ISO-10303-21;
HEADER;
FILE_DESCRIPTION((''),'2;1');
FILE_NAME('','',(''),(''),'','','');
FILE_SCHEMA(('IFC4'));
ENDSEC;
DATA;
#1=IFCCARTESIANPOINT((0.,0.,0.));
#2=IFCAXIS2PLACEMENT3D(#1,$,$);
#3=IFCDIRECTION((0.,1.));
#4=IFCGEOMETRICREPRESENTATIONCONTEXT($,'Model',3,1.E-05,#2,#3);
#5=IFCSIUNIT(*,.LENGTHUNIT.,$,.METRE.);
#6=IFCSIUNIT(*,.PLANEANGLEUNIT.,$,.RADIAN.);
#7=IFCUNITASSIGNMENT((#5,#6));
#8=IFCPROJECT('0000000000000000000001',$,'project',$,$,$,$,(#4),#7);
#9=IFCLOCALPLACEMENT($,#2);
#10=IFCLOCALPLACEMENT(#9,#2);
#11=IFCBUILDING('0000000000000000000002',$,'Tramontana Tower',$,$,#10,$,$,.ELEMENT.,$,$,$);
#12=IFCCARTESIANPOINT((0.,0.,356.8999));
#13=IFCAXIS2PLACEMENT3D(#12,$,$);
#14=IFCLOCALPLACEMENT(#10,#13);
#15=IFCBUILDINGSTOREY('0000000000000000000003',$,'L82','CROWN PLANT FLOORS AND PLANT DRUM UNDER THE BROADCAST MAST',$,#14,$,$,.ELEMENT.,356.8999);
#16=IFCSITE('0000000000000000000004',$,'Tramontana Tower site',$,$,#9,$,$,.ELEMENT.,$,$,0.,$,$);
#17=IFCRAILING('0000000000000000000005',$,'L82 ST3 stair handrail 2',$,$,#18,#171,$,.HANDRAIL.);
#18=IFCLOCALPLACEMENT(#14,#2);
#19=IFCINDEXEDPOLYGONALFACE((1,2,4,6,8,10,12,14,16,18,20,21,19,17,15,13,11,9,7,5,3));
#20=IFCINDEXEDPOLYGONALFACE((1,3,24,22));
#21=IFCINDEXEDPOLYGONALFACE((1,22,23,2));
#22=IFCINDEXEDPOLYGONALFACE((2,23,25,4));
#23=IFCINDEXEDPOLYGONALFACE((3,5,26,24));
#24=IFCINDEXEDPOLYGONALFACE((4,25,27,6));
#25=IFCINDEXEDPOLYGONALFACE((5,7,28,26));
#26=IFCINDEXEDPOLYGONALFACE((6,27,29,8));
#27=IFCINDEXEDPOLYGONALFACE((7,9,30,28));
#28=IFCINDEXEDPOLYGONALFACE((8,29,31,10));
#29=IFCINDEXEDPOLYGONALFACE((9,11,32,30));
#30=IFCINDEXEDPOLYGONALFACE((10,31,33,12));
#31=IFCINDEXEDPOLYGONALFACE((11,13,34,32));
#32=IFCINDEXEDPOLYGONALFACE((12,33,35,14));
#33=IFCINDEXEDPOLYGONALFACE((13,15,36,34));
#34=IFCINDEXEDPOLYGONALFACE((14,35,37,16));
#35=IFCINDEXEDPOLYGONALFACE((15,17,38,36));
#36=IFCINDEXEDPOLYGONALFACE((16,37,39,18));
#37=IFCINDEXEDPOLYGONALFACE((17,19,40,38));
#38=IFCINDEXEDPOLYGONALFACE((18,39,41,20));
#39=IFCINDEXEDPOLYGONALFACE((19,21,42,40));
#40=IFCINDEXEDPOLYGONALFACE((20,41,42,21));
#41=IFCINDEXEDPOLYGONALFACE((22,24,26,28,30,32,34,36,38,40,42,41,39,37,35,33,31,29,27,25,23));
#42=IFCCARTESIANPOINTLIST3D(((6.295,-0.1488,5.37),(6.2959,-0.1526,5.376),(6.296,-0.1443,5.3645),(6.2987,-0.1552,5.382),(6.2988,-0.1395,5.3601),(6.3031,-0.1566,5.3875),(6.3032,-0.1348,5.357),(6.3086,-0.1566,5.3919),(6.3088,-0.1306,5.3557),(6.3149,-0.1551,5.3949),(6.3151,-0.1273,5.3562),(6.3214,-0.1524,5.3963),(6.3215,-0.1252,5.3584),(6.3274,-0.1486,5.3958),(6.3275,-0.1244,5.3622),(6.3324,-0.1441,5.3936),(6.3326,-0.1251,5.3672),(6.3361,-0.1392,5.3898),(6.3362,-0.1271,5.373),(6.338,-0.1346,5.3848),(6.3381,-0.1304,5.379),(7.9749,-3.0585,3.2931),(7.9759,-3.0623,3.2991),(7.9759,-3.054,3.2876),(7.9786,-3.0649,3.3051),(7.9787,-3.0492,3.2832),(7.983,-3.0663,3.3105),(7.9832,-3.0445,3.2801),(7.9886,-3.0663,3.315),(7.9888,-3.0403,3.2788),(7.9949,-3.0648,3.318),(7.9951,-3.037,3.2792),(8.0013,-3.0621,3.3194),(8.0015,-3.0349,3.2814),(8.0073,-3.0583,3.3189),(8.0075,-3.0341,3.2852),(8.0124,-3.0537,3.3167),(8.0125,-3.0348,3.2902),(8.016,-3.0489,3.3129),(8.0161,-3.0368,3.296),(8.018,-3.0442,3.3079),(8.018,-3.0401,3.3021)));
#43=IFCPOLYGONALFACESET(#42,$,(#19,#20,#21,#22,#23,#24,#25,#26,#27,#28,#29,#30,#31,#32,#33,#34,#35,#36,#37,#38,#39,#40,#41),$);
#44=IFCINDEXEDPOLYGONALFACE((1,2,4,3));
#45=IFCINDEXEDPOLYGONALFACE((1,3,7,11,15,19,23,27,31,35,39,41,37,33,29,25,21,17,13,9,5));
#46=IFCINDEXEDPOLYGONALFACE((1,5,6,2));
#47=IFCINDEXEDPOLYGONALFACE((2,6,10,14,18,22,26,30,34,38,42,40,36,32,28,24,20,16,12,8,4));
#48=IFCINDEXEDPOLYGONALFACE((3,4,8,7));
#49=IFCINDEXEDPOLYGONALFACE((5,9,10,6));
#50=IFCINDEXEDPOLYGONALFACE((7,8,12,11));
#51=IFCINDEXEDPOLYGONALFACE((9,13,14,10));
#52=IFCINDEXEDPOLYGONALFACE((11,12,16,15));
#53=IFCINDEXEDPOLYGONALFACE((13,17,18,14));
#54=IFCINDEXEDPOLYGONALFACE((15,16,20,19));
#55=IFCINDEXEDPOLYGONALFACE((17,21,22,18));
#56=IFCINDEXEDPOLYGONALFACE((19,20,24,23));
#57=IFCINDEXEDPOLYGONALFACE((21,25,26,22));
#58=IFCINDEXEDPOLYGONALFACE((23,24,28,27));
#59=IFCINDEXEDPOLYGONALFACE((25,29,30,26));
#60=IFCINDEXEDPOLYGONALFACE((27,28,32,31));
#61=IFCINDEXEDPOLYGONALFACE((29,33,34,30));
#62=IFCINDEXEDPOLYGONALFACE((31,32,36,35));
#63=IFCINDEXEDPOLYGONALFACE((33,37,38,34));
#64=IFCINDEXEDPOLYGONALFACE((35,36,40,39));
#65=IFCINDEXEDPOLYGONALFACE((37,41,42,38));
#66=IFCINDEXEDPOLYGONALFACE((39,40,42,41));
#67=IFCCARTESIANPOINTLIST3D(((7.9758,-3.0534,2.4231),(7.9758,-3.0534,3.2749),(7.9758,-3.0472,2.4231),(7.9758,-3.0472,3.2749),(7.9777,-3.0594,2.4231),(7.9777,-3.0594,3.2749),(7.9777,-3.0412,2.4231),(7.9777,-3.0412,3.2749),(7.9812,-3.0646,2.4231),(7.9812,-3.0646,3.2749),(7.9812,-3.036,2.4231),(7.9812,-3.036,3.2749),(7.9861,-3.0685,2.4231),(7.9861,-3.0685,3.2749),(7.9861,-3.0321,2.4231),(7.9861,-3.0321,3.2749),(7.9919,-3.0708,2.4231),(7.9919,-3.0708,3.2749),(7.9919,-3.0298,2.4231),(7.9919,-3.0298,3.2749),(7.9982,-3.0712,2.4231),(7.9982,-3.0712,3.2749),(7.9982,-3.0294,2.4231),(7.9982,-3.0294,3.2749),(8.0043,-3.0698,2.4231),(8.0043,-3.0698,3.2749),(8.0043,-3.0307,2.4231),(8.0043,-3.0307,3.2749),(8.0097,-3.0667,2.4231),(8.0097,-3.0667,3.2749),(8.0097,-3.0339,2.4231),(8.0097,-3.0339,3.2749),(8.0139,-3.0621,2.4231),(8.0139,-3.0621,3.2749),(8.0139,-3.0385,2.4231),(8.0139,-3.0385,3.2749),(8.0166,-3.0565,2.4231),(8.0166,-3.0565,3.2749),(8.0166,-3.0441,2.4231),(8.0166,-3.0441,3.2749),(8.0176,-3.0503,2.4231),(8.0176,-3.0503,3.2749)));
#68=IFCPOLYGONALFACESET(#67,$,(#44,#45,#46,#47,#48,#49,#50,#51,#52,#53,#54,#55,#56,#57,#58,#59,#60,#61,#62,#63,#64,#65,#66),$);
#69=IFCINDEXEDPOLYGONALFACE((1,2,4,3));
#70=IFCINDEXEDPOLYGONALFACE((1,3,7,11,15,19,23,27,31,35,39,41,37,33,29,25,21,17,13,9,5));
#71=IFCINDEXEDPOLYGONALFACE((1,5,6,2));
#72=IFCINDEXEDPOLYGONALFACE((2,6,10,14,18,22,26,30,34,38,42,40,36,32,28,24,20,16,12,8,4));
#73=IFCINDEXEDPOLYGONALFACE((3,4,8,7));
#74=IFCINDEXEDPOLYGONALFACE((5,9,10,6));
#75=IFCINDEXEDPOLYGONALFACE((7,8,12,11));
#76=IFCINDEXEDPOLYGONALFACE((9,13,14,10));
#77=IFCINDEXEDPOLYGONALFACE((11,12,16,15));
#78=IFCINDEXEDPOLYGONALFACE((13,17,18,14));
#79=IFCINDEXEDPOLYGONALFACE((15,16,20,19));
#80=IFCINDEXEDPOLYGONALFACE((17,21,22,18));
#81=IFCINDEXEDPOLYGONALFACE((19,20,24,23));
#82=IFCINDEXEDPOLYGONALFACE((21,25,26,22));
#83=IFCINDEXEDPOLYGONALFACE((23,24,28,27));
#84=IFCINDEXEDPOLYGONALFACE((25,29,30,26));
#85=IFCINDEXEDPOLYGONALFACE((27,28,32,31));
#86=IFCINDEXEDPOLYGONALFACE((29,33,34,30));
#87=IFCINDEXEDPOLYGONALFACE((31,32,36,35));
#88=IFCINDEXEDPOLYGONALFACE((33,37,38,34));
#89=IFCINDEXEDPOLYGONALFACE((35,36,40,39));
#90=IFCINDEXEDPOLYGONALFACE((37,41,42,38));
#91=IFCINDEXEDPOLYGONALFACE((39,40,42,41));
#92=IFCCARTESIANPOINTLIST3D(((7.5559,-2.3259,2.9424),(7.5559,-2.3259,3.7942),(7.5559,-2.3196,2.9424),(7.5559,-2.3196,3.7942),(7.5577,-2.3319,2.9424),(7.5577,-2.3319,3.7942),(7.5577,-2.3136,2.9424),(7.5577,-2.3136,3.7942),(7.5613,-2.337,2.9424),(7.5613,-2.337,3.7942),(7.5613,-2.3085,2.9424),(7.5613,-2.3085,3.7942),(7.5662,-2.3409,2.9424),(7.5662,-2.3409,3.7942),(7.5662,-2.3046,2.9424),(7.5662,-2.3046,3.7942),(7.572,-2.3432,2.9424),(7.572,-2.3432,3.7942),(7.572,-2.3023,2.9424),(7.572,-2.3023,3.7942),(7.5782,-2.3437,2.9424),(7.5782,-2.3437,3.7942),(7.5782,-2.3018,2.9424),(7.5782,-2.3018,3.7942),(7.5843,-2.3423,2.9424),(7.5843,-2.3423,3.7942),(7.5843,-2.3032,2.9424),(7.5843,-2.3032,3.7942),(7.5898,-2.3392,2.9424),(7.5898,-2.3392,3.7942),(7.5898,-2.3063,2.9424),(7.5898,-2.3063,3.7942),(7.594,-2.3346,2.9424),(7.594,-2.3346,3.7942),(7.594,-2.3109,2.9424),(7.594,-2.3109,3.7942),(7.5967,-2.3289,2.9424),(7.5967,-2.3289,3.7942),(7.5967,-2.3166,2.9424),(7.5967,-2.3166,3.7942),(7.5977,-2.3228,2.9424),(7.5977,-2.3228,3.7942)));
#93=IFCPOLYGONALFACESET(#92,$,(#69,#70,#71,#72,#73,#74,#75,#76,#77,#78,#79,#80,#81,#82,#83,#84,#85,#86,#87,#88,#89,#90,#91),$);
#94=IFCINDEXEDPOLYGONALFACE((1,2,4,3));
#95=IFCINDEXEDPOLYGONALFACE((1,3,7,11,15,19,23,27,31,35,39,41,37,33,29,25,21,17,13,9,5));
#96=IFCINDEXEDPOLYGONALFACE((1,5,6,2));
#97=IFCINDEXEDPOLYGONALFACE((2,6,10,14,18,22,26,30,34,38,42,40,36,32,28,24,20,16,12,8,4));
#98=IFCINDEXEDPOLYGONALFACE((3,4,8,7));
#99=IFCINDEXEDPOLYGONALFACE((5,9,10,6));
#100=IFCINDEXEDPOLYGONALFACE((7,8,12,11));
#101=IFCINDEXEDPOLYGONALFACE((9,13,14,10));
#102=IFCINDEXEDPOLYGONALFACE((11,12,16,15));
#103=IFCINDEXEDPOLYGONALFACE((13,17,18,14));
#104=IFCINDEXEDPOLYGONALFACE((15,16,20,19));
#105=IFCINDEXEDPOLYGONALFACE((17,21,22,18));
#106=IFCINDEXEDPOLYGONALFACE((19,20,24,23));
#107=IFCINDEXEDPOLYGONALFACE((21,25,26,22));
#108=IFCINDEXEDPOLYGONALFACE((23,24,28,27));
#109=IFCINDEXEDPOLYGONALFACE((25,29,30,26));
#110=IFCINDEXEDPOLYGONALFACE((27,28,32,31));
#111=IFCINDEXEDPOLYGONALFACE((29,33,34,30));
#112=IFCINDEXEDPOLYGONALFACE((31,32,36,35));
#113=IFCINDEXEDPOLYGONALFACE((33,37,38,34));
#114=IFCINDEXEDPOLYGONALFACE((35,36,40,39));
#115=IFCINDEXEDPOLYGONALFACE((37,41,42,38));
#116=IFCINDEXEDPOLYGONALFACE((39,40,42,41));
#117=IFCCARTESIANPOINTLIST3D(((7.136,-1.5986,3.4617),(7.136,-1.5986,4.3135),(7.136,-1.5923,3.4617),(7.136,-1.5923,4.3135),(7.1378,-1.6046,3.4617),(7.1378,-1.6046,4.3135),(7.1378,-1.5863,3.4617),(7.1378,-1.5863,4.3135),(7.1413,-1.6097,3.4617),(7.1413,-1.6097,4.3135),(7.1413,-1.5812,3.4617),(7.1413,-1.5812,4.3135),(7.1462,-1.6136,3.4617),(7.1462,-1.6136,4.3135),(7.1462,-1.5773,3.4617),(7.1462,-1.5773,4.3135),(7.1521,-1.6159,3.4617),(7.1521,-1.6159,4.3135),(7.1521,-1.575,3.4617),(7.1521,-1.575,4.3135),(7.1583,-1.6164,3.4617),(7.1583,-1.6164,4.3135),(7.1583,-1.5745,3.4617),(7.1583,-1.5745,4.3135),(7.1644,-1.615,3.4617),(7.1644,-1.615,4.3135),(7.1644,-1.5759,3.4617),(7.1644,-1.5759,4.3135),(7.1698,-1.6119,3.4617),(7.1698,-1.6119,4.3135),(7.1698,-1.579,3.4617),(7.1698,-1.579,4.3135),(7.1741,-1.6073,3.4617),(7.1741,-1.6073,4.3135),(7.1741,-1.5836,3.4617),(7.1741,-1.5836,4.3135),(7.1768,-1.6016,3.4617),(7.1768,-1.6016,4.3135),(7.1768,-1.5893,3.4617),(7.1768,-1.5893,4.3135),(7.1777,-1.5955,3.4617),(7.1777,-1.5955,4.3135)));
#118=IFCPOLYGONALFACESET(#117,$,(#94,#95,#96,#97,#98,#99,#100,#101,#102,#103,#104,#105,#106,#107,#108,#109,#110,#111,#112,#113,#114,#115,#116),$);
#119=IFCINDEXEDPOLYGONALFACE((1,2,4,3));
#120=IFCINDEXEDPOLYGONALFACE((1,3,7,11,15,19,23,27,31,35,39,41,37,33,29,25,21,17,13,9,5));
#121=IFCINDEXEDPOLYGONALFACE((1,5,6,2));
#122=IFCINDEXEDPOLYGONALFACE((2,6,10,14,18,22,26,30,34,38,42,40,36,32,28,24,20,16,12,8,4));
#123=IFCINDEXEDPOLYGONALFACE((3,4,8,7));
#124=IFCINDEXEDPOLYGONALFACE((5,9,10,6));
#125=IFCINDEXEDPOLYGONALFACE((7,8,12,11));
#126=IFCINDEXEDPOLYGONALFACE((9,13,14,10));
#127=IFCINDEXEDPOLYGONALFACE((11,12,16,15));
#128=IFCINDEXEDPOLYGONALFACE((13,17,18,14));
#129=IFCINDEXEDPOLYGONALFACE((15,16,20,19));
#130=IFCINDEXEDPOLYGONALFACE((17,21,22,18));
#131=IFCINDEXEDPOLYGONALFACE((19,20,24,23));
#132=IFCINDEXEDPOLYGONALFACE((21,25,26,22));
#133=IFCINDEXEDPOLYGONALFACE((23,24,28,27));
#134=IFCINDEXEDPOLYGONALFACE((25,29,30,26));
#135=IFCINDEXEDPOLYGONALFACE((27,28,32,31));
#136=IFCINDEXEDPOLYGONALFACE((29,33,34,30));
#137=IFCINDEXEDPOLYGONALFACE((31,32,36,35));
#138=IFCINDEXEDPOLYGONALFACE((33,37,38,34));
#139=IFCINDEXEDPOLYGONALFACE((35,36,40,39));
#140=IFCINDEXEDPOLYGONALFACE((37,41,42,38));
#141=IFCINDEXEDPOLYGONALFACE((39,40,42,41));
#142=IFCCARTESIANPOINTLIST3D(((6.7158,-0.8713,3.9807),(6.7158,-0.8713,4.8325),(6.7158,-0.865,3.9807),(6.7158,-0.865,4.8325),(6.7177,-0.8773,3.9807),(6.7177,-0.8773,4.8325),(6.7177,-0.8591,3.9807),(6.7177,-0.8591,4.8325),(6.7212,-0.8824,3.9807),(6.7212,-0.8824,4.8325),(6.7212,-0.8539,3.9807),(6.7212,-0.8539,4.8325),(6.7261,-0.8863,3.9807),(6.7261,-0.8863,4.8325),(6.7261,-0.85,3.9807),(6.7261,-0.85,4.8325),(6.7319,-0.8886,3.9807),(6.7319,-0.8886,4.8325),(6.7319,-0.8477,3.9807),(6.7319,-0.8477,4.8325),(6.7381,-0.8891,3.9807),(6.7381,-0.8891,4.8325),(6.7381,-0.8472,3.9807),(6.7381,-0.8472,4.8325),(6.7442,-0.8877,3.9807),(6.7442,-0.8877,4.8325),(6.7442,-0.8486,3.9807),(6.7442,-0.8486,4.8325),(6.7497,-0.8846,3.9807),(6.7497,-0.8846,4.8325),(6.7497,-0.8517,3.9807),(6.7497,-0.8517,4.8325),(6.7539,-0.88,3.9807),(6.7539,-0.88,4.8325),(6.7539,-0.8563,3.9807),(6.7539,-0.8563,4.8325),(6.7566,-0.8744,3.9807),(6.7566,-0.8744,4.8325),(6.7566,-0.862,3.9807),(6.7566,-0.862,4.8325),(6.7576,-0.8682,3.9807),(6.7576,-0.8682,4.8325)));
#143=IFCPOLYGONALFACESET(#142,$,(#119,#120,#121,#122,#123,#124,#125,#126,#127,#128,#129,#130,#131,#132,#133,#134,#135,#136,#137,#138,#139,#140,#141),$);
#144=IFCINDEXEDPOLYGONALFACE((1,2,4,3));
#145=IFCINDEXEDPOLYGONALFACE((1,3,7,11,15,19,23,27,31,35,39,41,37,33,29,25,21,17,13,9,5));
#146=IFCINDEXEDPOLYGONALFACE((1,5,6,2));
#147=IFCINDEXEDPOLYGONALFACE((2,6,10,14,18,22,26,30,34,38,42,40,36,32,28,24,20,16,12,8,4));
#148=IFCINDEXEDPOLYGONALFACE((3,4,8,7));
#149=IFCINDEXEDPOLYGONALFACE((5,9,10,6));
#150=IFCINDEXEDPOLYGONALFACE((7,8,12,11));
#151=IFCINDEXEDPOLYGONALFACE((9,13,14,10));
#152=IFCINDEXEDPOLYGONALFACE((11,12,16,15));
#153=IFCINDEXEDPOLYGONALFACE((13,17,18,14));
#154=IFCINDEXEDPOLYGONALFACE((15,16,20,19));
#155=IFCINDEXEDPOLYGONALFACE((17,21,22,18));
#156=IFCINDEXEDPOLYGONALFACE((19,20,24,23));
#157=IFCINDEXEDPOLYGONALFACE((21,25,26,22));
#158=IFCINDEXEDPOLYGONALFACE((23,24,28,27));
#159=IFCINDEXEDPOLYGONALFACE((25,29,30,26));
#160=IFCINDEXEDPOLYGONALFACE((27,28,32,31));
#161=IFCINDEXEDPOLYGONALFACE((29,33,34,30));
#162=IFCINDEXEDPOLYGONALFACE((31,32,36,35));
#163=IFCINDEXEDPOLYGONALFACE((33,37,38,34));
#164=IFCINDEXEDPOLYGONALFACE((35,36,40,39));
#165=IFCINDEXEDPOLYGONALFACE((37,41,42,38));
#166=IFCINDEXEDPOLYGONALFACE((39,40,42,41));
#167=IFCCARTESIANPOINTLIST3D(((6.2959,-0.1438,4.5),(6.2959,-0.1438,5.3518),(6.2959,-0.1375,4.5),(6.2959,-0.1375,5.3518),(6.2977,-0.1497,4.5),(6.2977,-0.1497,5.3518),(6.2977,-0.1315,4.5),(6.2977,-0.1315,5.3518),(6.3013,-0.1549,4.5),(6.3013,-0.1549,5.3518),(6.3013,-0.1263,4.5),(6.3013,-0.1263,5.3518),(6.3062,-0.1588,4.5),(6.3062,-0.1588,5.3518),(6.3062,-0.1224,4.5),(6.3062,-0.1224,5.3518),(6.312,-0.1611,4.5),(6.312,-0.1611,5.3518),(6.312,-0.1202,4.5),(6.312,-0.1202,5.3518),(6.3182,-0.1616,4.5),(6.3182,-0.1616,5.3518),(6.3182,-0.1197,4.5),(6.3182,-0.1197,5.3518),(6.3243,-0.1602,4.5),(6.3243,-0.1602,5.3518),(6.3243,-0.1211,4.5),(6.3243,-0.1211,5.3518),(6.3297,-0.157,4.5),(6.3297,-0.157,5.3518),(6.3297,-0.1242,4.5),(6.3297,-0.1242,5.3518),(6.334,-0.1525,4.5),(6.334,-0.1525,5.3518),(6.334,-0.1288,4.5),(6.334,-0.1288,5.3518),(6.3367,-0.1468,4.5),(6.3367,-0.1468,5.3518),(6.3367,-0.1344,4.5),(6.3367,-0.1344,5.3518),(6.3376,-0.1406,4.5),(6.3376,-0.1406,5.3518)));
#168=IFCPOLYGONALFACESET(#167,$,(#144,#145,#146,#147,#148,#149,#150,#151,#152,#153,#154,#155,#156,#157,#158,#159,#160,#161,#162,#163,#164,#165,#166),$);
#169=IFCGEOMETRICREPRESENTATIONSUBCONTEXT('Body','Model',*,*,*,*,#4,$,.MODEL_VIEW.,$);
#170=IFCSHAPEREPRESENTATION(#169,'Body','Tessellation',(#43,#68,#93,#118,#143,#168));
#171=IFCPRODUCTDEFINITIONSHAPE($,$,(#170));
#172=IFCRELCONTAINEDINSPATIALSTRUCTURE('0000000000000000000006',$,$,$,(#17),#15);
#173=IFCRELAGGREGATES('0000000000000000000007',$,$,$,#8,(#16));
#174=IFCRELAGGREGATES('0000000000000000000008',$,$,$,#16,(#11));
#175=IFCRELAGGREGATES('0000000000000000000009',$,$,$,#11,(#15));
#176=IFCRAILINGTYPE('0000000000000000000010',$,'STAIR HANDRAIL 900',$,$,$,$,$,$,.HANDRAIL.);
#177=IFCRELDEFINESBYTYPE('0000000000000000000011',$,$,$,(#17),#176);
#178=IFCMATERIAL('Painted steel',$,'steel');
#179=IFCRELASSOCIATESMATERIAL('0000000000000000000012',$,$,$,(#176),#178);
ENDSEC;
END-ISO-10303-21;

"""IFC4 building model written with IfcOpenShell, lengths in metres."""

from ifc_helpers import new_model, si_unit, direction, frame, origin, origin_2d, place, context, subcontext, project, spatial, circle, extrude, material, type_object, element, save


model = new_model("IFC4")

# Units and contexts
model_context = context("Model", 3, precision=1e-05, world=origin(), true_north=direction((0.0, 1.0)))
body_context = subcontext(model_context, "Body", "Model", "MODEL_VIEW")
ifc_project = project(units=[si_unit("LENGTHUNIT", "METRE"), si_unit("PLANEANGLEUNIT", "RADIAN")], contexts=[model_context])

# Site, building, storey
site_placement = place(None, origin())
site = spatial("IfcSite", under=ifc_project, at=site_placement, Name="Tramontana Tower site", CompositionType="ELEMENT", RefElevation=0.0)
building_placement = place(site_placement, origin())
building = spatial("IfcBuilding", under=site, at=building_placement, Name="Tramontana Tower", CompositionType="ELEMENT")
storey_placement = place(building_placement, frame((0.0, 0.0, 356.8999)))
storey = spatial("IfcBuildingStorey", under=building, at=storey_placement, Name="L82", Description="CROWN PLANT FLOORS AND PLANT DRUM UNDER THE BROADCAST MAST", CompositionType="ELEMENT", Elevation=356.8999)

# Railing
ifc_material_1 = material(Name="Painted steel", Category="steel")
railing_type_1 = type_object("IfcRailingType", Name="STAIR HANDRAIL 900", PredefinedType="HANDRAIL", material=ifc_material_1)
railing_1_placement = place(storey_placement, frame((7.9966, -3.0503, 2.4231)))
element("IfcRailing", 1, at=railing_1_placement, inside=storey, type_object=railing_type_1, Name="L82 ST3 stair handrail 2", PredefinedType="HANDRAIL", context=body_context, shape_type="SweptSolid", body=[
    extrude(circle(Radius=0.0239, at=origin_2d()), frame((0.0, 0.0, 0.876), z_axis=(-0.425308, 0.73664, 0.525809), x_axis=(-0.866021, -0.500008, 0.0)), (0.0, 0.0, 1.0), 3.95),
    extrude(circle(Radius=0.021, at=origin_2d()), origin(), (0.0, 0.0, 1.0), 0.8518),
    extrude(circle(Radius=0.021, at=origin_2d()), frame((-0.4199, 0.7275, 0.5193)), (0.0, 0.0, 1.0), 0.8518),
    extrude(circle(Radius=0.021, at=origin_2d()), frame((-0.8398, 1.4548, 1.0386)), (0.0, 0.0, 1.0), 0.8518),
    extrude(circle(Radius=0.021, at=origin_2d()), frame((-1.26, 2.1821, 1.5576)), (0.0, 0.0, 1.0), 0.8518),
    extrude(circle(Radius=0.021, at=origin_2d()), frame((-1.6799, 2.9097, 2.0769)), (0.0, 0.0, 1.0), 0.8518),
])

save(model, "model.ifc")
